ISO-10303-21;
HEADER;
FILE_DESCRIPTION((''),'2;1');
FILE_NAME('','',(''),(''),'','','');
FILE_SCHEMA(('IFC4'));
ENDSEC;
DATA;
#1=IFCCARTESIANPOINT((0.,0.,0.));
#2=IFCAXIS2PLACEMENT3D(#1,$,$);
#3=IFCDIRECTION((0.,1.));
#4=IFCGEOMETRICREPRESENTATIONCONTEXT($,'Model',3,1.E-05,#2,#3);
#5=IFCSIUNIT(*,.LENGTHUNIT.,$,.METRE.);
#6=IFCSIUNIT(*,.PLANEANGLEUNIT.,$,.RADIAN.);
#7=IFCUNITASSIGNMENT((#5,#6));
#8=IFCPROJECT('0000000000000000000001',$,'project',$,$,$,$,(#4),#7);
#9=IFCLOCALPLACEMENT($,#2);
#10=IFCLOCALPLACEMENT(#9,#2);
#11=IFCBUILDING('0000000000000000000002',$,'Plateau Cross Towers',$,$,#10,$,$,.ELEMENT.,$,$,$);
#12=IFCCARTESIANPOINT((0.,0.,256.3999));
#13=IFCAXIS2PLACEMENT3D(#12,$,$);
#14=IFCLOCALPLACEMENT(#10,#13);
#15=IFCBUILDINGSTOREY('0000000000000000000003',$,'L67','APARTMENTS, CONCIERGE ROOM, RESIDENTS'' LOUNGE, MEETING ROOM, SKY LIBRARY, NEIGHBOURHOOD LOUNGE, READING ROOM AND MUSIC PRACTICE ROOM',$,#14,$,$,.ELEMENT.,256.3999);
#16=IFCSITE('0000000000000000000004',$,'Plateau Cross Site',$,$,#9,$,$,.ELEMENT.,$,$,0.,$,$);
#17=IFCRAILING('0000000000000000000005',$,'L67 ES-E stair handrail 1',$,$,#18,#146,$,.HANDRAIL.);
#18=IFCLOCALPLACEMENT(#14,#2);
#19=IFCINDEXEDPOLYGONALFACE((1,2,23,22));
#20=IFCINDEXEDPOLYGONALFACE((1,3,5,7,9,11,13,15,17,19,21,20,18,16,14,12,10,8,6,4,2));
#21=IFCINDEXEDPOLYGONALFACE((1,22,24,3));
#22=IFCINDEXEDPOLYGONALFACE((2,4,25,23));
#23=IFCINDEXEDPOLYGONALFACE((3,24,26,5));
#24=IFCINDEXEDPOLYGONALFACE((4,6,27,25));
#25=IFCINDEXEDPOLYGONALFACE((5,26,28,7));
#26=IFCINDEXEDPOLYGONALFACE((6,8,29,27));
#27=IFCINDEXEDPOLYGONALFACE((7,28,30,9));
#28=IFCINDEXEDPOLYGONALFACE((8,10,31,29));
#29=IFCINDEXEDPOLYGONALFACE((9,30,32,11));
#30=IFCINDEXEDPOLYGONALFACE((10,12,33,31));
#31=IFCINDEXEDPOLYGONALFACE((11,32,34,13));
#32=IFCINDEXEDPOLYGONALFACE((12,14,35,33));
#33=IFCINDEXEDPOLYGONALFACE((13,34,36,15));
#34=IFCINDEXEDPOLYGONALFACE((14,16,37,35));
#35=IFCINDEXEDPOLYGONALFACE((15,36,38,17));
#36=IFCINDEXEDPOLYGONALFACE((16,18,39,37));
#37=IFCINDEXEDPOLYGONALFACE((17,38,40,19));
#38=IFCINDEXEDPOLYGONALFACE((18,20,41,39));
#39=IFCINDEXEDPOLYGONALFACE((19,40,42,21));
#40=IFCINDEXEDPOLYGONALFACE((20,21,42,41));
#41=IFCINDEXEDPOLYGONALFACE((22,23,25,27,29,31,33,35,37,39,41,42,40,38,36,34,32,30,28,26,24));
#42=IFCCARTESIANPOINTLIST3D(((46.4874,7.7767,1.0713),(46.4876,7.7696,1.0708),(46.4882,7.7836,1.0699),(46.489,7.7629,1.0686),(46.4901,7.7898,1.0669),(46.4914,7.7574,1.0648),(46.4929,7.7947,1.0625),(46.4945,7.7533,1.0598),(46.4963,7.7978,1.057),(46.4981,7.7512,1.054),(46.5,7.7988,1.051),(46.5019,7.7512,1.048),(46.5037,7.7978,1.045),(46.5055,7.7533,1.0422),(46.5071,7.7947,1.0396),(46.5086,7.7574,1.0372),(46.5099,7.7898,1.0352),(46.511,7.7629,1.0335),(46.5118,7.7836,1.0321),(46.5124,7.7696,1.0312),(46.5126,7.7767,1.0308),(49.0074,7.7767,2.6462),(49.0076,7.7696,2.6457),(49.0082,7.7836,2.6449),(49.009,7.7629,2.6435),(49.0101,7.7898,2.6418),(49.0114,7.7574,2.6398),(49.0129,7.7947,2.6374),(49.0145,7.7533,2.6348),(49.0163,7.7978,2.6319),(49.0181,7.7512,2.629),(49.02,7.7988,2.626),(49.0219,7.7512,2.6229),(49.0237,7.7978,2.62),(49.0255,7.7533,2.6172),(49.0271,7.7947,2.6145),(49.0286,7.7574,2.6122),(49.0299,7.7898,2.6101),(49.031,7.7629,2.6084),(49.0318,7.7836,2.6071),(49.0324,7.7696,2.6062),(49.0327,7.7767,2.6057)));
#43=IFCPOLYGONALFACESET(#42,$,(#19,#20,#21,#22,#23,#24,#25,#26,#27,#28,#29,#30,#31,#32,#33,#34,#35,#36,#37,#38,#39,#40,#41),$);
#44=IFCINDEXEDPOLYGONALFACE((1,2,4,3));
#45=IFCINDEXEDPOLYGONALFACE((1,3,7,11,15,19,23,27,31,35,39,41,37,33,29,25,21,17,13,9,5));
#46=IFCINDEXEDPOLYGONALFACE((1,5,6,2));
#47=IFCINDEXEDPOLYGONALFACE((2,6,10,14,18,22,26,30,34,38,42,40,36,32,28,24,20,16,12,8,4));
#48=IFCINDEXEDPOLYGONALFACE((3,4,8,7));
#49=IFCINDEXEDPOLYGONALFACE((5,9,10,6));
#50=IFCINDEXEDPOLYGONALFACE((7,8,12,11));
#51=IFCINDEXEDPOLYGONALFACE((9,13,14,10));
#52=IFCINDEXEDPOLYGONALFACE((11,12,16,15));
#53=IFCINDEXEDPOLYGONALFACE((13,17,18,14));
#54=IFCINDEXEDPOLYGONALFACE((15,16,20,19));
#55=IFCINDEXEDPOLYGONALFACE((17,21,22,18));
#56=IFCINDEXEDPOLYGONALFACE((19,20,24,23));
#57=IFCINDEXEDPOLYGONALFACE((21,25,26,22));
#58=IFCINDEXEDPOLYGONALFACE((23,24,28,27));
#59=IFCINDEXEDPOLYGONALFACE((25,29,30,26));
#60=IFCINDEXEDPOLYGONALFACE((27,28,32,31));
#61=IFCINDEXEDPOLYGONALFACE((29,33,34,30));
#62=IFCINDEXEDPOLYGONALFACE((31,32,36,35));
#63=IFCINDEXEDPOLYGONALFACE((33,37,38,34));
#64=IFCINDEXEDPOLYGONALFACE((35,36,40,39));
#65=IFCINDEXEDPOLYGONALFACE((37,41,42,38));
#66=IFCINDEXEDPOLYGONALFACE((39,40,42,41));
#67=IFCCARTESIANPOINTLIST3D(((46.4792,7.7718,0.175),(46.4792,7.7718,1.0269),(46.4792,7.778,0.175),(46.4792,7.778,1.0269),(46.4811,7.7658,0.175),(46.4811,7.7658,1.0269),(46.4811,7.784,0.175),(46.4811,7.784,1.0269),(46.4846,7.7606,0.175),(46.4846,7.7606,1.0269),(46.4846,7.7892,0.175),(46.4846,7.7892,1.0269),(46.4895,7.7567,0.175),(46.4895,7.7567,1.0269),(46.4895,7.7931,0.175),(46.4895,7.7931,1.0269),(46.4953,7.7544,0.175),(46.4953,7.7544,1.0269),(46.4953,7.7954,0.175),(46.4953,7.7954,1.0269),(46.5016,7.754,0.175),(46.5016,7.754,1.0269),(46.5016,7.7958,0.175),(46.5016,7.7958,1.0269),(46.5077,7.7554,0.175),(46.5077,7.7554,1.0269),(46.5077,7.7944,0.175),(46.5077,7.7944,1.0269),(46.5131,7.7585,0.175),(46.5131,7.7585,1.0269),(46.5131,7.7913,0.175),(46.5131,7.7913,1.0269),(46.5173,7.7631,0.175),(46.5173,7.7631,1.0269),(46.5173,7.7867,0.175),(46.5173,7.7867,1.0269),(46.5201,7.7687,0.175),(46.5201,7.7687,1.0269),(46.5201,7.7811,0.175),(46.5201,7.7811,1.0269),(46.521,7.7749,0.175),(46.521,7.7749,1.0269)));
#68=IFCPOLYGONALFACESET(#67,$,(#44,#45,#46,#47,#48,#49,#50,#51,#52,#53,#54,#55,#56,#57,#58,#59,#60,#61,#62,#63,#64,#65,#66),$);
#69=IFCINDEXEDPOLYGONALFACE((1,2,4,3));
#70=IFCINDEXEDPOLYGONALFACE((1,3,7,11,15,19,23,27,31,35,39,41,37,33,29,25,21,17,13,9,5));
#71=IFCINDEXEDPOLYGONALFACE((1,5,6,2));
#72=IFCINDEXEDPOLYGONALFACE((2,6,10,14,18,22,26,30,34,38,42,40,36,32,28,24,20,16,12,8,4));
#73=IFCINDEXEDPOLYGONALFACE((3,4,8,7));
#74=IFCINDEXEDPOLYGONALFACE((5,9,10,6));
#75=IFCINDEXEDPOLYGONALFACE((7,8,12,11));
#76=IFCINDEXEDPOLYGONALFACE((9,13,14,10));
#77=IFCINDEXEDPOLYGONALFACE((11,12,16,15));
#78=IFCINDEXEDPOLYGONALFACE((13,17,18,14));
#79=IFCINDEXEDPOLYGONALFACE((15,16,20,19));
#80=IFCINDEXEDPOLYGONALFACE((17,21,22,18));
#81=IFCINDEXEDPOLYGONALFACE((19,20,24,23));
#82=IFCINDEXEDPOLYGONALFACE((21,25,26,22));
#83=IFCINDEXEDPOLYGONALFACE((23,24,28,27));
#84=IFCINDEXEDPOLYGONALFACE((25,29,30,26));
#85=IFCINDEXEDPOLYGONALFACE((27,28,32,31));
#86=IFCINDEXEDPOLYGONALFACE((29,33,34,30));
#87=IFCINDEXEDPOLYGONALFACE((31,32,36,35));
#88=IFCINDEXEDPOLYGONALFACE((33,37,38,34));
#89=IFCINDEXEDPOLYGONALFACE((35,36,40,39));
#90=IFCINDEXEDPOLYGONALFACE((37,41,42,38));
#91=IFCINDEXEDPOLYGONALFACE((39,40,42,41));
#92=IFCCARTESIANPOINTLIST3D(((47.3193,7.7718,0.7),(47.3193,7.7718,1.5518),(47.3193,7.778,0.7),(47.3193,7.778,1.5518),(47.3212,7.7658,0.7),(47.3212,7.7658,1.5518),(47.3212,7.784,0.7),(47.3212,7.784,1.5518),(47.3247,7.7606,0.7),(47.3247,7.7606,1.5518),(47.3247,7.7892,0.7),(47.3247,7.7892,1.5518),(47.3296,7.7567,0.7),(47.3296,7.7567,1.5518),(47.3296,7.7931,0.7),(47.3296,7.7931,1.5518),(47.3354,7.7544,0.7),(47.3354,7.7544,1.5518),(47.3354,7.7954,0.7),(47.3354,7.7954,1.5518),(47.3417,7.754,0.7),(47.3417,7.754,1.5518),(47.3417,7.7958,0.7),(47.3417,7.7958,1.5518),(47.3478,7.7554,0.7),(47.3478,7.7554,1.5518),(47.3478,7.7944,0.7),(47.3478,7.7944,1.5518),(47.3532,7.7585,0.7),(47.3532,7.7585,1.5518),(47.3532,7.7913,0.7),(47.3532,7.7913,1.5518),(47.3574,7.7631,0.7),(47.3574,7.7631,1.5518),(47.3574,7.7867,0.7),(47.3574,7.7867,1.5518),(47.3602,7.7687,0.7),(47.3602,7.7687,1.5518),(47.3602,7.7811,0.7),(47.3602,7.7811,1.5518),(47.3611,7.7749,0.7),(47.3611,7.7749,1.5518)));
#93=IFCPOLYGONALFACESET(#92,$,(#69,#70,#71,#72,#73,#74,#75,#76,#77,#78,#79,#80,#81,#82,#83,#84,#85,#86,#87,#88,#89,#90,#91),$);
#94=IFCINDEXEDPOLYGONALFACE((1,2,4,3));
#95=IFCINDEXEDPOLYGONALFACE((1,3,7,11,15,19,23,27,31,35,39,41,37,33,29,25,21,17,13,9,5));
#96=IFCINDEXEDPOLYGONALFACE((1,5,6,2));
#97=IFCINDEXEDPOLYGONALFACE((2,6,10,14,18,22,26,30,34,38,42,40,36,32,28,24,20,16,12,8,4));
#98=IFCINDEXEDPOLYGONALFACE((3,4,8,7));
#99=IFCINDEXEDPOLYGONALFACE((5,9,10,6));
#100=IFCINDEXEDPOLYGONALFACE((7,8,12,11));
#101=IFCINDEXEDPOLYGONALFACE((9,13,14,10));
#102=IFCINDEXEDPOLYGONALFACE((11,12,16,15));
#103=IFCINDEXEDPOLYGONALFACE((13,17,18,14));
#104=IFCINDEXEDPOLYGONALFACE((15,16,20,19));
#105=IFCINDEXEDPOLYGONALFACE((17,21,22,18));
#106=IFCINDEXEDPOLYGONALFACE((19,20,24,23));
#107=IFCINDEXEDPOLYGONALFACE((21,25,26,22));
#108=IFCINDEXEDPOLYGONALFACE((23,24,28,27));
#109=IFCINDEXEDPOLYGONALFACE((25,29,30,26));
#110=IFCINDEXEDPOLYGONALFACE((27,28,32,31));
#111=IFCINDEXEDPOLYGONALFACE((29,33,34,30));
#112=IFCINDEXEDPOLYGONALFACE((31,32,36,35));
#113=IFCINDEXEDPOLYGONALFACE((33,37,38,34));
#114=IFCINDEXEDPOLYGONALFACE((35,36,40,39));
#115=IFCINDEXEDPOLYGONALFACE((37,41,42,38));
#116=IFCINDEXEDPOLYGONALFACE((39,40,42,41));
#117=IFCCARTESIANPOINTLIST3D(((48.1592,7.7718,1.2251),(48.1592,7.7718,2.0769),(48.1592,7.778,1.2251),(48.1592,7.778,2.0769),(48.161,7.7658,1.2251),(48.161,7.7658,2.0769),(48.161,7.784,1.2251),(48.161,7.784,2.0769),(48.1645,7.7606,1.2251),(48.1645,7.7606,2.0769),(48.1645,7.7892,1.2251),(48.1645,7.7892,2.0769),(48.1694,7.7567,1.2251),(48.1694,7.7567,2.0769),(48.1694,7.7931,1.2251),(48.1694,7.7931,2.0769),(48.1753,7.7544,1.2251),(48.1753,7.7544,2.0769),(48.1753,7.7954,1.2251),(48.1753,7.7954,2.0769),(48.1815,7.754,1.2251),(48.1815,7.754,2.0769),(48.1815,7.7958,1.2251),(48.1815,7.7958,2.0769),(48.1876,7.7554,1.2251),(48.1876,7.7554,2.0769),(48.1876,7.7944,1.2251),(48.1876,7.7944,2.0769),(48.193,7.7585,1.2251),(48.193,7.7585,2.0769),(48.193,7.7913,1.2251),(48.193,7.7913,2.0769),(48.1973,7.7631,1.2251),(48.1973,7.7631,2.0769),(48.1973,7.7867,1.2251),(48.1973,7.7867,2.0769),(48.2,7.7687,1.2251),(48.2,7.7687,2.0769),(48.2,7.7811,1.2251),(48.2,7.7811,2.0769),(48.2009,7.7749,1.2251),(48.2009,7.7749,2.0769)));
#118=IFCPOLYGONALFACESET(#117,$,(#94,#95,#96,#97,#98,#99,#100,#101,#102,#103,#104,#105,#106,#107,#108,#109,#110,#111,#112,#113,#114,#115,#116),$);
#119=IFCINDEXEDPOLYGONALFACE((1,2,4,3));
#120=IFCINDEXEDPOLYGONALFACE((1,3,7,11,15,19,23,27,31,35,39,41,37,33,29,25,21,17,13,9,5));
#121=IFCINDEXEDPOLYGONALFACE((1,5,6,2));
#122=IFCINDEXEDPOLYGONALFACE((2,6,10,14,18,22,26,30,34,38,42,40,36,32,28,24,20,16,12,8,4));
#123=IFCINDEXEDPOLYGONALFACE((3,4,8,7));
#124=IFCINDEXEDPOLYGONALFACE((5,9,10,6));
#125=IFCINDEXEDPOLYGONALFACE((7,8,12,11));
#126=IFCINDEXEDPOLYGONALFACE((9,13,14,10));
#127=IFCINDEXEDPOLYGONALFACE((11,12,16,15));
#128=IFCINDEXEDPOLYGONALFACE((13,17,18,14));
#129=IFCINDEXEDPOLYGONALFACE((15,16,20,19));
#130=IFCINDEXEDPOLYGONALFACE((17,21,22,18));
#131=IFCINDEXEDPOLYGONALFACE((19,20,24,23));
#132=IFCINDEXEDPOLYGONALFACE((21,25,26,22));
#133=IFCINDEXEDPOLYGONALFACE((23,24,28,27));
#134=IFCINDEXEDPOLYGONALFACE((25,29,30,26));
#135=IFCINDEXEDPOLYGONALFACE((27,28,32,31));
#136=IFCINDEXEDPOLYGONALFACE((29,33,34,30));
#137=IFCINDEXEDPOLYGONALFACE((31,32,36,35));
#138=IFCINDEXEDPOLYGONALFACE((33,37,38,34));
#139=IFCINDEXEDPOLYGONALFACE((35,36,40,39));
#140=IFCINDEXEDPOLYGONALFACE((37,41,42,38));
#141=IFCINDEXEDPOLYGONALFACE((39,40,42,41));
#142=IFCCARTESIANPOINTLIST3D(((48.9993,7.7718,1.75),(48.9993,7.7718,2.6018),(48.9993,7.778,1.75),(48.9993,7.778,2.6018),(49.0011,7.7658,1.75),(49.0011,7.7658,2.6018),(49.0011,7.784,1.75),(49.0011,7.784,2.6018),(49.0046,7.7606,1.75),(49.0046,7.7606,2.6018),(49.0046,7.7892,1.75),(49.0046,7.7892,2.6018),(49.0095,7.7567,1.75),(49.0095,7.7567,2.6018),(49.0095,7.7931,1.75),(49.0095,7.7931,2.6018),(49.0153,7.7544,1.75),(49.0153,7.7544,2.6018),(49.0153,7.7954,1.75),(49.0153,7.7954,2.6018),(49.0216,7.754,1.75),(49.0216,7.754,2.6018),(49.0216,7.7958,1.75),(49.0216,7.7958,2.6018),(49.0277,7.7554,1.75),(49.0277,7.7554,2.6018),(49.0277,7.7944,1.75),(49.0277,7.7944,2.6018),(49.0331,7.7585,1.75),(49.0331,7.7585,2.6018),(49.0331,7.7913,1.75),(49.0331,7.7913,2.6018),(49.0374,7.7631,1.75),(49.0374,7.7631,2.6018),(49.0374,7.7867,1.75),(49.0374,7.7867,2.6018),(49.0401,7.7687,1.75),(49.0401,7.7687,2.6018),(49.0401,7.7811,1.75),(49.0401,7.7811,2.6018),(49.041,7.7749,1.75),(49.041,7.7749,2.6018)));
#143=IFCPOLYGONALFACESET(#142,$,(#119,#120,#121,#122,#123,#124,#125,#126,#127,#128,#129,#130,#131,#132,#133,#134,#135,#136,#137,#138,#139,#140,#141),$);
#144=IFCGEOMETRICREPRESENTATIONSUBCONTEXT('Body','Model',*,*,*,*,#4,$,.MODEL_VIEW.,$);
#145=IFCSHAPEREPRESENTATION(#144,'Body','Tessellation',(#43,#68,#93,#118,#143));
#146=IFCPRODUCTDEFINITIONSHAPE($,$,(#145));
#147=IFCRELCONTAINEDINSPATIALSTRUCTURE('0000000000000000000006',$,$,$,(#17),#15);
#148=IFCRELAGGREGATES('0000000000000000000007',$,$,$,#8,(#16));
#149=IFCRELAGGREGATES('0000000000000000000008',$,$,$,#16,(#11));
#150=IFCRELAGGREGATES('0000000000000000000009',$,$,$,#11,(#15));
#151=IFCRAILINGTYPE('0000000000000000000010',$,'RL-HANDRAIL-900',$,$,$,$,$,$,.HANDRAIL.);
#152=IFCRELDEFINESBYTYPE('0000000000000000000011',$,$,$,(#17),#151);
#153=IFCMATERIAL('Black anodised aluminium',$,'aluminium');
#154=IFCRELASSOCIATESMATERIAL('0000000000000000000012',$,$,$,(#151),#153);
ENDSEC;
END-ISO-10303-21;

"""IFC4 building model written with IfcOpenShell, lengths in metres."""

from ifc_helpers import new_model, si_unit, direction, frame, origin, origin_2d, place, context, subcontext, project, spatial, circle, extrude, material, type_object, element, save


model = new_model("IFC4")

# Units and contexts
model_context = context("Model", 3, precision=1e-05, world=origin(), true_north=direction((0.0, 1.0)))
body_context = subcontext(model_context, "Body", "Model", "MODEL_VIEW")
ifc_project = project(units=[si_unit("LENGTHUNIT", "METRE"), si_unit("PLANEANGLEUNIT", "RADIAN")], contexts=[model_context])

# Site, building, storey
site_placement = place(None, origin())
site = spatial("IfcSite", under=ifc_project, at=site_placement, Name="Plateau Cross Site", CompositionType="ELEMENT", RefElevation=0.0)
building_placement = place(site_placement, origin())
building = spatial("IfcBuilding", under=site, at=building_placement, Name="Plateau Cross Towers", CompositionType="ELEMENT")
storey_placement = place(building_placement, frame((0.0, 0.0, 256.3999)))
storey = spatial("IfcBuildingStorey", under=building, at=storey_placement, Name="L67", Description="APARTMENTS, CONCIERGE ROOM, RESIDENTS' LOUNGE, MEETING ROOM, SKY LIBRARY, NEIGHBOURHOOD LOUNGE, READING ROOM AND MUSIC PRACTICE ROOM", CompositionType="ELEMENT", Elevation=256.3999)

# Shared definitions
ifc_material_1 = material(Name="Black anodised aluminium", Category="aluminium")

# Railing
railing_type_1 = type_object("IfcRailingType", Name="RL-HANDRAIL-900", PredefinedType="HANDRAIL", material=ifc_material_1)
railing_placement = place(storey_placement, frame((46.5, 7.7749, 0.175)))
element("IfcRailing", 1, at=railing_placement, inside=storey, type_object=railing_type_1, Name="L67 ES-E stair handrail 1", PredefinedType="HANDRAIL", context=body_context, shape_type="SweptSolid", body=[
    extrude(circle(Radius=0.0239, at=origin_2d()), frame((0.0, 0.0, 0.876), z_axis=(0.848008, 0.0, 0.529984), x_axis=(0.0, 1.0, 0.0)), (0.0, 0.0, 1.0), 2.9717),
    extrude(circle(Radius=0.021, at=origin_2d()), origin(), (0.0, 0.0, 1.0), 0.8518),
    extrude(circle(Radius=0.021, at=origin_2d()), frame((0.8401, 0.0, 0.5249)), (0.0, 0.0, 1.0), 0.8518),
    extrude(circle(Radius=0.021, at=origin_2d()), frame((1.6799, 0.0, 1.05)), (0.0, 0.0, 1.0), 0.8518),
    extrude(circle(Radius=0.021, at=origin_2d()), frame((2.52, 0.0, 1.575)), (0.0, 0.0, 1.0), 0.8518),
])

save(model, "model.ifc")
